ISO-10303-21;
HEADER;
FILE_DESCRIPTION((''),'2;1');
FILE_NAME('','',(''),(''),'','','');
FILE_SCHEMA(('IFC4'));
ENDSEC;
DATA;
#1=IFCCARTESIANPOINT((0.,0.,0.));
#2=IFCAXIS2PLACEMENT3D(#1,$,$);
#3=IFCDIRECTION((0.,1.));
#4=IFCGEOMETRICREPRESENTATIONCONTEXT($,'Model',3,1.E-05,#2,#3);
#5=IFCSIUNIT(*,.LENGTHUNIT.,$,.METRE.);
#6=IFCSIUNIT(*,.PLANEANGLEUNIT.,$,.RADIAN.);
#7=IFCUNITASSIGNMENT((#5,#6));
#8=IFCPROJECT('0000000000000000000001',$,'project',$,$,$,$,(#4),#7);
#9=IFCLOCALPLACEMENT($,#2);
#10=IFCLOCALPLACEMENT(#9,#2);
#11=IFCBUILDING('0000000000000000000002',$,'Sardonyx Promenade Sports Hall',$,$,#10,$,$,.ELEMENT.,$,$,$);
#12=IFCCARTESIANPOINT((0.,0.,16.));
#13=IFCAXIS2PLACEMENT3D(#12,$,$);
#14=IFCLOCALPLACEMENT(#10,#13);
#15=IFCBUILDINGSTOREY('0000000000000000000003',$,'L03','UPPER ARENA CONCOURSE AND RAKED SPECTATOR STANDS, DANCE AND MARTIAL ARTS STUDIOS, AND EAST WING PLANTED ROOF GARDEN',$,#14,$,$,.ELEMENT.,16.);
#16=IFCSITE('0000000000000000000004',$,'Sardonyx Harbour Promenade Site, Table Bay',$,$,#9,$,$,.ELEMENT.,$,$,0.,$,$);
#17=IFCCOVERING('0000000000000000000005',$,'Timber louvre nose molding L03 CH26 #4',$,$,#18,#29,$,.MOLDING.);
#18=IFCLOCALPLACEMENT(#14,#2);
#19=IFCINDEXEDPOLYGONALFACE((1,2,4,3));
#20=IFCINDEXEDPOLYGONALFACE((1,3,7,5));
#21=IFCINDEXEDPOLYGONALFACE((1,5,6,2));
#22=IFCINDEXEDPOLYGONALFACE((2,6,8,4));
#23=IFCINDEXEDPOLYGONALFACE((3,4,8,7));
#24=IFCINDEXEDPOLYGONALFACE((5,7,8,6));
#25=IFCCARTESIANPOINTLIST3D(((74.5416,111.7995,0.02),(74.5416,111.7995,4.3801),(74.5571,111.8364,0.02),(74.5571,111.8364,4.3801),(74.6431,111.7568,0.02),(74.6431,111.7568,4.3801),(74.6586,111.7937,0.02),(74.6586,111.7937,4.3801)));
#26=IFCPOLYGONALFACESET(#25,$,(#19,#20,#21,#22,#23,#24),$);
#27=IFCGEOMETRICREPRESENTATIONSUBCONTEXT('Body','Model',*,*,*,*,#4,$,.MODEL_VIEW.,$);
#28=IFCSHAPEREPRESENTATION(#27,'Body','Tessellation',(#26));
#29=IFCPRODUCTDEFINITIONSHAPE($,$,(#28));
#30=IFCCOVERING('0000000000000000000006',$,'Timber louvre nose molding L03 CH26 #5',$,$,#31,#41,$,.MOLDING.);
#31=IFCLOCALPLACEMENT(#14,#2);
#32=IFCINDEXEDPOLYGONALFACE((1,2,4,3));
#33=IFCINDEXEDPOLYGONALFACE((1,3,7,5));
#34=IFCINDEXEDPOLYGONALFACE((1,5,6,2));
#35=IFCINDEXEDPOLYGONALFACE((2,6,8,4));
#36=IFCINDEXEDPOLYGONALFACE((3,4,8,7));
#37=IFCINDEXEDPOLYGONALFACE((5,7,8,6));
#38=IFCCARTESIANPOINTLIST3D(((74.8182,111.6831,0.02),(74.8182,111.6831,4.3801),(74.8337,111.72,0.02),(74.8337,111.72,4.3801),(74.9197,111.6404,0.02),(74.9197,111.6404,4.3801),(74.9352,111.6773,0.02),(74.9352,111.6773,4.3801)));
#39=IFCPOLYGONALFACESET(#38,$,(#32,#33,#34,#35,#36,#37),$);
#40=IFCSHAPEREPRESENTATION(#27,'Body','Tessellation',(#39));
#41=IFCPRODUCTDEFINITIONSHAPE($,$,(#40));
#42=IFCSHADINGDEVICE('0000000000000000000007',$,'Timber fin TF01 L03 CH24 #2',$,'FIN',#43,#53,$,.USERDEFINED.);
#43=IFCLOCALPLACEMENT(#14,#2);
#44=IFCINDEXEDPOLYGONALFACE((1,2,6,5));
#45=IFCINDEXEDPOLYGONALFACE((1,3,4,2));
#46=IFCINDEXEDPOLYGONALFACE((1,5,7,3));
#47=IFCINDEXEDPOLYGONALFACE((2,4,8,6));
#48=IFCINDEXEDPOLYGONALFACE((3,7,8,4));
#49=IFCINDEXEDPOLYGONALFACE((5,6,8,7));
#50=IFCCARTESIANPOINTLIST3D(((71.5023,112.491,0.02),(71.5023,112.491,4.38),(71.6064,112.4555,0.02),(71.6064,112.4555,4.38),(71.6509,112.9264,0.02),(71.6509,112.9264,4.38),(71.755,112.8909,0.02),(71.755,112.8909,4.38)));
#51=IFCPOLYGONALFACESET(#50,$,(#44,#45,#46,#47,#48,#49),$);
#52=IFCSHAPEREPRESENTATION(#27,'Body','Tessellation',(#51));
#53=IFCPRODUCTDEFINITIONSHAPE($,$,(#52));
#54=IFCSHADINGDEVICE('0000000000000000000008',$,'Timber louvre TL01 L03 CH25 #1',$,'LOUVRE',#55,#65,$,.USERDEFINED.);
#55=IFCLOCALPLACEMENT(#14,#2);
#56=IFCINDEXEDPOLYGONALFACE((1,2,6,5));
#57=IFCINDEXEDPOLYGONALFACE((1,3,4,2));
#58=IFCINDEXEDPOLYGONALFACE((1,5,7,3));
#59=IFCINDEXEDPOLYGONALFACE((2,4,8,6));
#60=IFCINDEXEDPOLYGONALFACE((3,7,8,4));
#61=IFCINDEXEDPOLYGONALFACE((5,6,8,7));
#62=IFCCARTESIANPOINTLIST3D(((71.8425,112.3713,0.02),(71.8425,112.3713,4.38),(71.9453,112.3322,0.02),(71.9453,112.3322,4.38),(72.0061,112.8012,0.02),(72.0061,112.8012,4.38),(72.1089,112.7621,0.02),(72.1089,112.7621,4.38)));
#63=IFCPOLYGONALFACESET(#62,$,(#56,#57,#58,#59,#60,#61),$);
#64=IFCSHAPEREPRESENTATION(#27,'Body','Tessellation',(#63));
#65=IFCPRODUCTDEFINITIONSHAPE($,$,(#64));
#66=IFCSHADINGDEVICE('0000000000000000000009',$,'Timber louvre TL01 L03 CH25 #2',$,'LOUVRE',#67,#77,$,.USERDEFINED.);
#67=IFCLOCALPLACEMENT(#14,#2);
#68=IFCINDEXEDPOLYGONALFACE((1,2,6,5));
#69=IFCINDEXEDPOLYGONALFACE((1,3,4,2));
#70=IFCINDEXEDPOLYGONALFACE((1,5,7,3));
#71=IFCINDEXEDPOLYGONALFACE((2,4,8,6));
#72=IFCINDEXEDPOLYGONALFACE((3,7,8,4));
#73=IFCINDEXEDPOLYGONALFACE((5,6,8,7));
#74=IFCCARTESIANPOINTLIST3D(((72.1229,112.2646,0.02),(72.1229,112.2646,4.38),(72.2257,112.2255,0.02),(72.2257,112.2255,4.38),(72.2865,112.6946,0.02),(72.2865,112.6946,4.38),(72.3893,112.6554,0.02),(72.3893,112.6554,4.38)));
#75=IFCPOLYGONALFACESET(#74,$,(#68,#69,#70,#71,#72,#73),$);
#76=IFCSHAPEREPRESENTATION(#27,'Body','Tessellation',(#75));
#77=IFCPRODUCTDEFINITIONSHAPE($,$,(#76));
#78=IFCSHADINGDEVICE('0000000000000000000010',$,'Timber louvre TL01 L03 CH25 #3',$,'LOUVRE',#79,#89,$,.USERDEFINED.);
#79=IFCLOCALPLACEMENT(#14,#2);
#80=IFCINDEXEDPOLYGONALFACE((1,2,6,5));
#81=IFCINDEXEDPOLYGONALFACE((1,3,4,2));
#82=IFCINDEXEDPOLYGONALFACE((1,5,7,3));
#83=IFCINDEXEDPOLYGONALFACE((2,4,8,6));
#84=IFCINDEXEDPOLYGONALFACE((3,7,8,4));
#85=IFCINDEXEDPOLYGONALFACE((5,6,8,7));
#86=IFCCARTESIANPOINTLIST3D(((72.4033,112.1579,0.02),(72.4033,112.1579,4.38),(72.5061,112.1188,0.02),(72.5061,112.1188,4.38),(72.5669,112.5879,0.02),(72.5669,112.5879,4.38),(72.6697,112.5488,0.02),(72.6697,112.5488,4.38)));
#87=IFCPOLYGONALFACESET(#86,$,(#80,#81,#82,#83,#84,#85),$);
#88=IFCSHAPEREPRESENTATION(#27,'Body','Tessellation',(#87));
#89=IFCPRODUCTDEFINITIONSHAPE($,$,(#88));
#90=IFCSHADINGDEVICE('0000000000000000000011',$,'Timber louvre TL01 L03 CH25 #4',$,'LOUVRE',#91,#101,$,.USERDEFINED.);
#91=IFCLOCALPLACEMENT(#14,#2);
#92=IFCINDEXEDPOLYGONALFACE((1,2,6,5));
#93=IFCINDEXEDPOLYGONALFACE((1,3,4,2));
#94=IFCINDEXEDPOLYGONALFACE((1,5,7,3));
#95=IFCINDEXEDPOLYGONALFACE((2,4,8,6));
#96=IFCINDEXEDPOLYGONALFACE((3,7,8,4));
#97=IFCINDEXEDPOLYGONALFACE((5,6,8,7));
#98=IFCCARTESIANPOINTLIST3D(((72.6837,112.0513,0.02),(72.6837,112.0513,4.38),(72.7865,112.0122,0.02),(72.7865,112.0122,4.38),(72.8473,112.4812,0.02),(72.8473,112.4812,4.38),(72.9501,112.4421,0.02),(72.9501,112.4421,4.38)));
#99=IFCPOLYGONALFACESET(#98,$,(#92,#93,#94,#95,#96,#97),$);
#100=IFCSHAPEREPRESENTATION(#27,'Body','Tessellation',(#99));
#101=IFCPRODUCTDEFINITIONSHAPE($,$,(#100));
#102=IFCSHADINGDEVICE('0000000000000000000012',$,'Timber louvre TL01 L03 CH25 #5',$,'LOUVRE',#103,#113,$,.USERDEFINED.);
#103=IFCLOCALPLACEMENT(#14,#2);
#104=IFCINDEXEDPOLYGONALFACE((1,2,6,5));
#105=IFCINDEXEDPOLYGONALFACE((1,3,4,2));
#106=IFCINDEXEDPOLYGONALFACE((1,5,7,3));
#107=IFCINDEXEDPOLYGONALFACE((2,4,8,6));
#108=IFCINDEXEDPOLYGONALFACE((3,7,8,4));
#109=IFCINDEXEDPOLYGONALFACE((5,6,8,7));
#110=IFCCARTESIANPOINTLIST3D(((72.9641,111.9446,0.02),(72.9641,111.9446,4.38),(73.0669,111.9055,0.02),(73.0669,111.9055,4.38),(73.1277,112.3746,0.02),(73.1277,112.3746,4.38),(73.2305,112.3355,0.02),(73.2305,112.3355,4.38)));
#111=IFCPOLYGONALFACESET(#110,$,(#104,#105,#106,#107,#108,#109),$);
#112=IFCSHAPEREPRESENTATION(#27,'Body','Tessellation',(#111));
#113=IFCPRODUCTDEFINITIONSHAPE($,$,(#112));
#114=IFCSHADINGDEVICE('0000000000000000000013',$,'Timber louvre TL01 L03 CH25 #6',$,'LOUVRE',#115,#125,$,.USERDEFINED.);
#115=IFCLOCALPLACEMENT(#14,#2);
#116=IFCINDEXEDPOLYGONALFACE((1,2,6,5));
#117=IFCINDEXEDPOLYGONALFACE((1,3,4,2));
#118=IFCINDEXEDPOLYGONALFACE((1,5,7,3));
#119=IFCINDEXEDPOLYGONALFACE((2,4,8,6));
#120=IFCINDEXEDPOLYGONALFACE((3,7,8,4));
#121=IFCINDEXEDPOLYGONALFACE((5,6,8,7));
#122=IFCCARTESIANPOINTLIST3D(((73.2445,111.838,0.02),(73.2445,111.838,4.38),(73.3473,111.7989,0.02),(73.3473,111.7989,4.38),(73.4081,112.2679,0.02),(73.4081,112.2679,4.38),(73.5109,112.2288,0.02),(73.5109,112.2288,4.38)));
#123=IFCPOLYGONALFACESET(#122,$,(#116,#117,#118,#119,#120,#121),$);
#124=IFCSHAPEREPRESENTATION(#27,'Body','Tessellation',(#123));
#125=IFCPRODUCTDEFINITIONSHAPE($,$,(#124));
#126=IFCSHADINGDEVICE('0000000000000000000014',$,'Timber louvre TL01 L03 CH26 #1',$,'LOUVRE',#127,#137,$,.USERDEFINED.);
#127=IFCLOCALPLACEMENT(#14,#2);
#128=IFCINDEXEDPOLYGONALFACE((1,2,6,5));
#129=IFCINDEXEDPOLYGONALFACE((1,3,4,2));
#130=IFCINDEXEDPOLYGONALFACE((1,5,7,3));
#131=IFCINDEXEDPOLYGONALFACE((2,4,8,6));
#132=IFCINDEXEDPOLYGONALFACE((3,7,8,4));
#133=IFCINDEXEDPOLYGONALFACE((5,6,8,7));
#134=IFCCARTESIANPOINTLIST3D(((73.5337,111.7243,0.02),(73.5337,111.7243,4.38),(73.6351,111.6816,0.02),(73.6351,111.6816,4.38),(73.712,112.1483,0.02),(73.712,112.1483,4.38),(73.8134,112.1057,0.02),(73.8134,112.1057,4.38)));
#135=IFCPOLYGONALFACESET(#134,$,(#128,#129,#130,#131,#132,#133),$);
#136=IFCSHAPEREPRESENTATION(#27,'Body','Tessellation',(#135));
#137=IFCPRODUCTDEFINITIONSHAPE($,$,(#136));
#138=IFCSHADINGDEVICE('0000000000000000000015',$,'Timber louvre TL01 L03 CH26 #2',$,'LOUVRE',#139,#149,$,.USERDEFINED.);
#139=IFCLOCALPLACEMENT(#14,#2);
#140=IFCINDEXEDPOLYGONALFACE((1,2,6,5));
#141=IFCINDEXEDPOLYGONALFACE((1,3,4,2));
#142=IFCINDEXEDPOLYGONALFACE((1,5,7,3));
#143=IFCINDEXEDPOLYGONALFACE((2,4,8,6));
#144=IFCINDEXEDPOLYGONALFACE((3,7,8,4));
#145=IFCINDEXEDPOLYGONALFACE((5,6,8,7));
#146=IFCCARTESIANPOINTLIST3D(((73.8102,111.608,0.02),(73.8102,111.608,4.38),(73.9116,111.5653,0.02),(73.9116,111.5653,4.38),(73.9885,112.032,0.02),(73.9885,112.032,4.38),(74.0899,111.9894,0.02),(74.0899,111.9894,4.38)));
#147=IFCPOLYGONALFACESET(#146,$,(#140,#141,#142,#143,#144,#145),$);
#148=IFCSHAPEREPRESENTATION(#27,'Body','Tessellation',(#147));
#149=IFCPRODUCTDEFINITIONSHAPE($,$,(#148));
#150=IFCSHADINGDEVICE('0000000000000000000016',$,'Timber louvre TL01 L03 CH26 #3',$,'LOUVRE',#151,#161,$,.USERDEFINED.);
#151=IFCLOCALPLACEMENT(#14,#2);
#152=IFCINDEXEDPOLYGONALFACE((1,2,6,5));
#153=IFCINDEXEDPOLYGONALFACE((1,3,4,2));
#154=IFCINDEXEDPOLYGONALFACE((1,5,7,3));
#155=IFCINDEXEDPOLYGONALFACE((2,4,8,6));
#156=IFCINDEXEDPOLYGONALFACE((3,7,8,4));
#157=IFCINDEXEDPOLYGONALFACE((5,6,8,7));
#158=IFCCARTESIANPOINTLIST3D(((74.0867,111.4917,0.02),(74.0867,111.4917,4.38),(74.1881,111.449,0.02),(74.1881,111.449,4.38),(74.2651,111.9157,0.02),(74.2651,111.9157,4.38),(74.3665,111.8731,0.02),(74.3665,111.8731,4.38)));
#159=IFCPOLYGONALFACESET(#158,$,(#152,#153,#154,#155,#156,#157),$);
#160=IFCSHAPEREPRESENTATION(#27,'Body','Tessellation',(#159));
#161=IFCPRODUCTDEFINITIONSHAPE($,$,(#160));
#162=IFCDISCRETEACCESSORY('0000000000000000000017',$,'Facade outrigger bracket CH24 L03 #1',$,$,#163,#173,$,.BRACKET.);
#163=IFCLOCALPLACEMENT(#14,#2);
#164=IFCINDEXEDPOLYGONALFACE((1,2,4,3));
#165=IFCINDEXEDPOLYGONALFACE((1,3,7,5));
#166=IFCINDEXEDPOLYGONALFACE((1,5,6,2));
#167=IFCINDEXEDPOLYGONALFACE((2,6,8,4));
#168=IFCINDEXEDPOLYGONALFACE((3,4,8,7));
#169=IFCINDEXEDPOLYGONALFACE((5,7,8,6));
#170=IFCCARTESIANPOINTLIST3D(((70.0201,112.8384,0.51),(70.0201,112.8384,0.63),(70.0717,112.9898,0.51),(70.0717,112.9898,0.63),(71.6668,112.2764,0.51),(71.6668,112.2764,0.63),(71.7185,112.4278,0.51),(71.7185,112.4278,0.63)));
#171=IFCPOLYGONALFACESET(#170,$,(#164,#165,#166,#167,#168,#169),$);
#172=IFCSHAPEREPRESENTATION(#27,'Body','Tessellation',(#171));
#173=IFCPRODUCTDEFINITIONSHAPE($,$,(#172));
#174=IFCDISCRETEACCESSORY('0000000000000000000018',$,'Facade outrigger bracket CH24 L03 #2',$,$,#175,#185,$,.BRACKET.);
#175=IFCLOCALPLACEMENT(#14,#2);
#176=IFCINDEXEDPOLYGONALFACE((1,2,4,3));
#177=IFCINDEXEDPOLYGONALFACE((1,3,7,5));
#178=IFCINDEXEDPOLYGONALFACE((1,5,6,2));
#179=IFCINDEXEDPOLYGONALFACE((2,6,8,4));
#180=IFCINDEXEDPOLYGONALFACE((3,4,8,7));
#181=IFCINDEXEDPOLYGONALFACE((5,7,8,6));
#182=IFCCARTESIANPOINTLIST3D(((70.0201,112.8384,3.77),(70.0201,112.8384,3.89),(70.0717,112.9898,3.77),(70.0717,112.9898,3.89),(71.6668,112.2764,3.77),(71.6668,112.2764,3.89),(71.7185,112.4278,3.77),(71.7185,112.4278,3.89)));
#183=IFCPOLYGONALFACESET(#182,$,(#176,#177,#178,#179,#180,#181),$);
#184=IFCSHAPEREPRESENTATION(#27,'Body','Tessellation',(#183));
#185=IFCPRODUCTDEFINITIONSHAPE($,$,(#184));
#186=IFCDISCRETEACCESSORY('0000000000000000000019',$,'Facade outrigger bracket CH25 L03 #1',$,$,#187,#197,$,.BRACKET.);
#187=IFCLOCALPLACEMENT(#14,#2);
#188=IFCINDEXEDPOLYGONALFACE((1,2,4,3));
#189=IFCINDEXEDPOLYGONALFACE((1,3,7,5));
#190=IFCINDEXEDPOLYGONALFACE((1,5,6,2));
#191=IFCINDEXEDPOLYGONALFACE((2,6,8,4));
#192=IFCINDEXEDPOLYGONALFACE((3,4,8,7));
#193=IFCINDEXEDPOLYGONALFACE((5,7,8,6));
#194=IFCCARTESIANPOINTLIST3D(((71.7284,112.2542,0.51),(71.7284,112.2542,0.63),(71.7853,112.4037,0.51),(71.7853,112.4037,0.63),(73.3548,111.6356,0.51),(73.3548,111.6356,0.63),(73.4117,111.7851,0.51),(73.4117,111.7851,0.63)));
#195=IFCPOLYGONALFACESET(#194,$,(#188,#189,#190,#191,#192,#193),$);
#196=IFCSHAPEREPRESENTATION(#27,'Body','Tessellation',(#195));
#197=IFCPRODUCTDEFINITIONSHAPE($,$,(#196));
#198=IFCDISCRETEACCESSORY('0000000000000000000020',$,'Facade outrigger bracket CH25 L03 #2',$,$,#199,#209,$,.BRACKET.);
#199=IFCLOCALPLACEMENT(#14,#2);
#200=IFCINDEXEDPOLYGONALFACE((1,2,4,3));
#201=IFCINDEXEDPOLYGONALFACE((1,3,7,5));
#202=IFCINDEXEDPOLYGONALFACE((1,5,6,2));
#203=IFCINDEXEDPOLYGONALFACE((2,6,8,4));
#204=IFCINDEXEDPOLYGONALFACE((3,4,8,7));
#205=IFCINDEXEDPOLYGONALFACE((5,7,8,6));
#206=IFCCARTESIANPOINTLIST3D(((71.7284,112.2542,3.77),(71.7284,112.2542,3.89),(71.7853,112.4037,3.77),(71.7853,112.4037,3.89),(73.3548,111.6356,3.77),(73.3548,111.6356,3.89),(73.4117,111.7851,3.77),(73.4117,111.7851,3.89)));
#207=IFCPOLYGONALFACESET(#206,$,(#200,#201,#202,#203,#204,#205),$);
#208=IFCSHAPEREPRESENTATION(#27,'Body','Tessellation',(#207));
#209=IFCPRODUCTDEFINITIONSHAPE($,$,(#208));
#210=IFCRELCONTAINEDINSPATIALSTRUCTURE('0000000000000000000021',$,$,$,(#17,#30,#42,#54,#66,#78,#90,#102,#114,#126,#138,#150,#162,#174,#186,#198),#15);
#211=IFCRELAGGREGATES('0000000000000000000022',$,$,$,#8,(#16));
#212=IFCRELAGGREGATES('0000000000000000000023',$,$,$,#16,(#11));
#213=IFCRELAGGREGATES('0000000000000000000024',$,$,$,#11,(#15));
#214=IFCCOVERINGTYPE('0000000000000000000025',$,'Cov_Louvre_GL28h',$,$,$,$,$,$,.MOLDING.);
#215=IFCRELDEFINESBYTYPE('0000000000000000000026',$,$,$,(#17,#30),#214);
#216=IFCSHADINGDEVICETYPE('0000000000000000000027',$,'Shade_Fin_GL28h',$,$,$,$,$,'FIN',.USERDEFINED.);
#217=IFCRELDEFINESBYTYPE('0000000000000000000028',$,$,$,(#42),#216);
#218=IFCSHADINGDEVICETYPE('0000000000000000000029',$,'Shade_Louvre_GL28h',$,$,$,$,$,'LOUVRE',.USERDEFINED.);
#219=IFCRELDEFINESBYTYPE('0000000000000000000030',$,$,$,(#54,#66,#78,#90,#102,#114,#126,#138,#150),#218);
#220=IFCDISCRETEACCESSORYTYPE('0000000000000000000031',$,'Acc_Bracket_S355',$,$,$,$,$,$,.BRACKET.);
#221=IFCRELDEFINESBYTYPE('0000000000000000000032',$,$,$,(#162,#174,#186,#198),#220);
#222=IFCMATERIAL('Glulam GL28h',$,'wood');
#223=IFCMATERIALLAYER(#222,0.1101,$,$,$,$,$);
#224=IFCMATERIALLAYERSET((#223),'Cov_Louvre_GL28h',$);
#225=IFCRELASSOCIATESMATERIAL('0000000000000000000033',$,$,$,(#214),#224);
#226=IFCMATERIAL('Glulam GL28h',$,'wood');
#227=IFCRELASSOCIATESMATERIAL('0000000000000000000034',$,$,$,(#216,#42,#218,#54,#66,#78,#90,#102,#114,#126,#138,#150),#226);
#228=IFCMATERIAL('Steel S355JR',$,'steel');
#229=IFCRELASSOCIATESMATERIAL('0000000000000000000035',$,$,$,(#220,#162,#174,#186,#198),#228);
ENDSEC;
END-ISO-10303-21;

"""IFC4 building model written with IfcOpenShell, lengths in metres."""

from ifc_helpers import new_model, si_unit, direction, frame, origin, origin_2d, place, context, subcontext, project, spatial, rectangle, extrude, material, layer, layer_set, type_object, element, save


model = new_model("IFC4")

# Units and contexts
model_context = context("Model", 3, precision=1e-05, world=origin(), true_north=direction((0.0, 1.0)))
body_context = subcontext(model_context, "Body", "Model", "MODEL_VIEW")
ifc_project = project(units=[si_unit("LENGTHUNIT", "METRE"), si_unit("PLANEANGLEUNIT", "RADIAN")], contexts=[model_context])

# Site, building, storey
site_placement = place(None, origin())
site = spatial("IfcSite", under=ifc_project, at=site_placement, Name="Sardonyx Harbour Promenade Site, Table Bay", CompositionType="ELEMENT", RefElevation=0.0)
building_placement = place(site_placement, origin())
building = spatial("IfcBuilding", under=site, at=building_placement, Name="Sardonyx Promenade Sports Hall", CompositionType="ELEMENT")
storey_placement = place(building_placement, frame((0.0, 0.0, 16.0)))
storey = spatial("IfcBuildingStorey", under=building, at=storey_placement, Name="L03", Description="UPPER ARENA CONCOURSE AND RAKED SPECTATOR STANDS, DANCE AND MARTIAL ARTS STUDIOS, AND EAST WING PLANTED ROOF GARDEN", CompositionType="ELEMENT", Elevation=16.0)

# Coverings
ifc_material_1 = material(Name="Glulam GL28h", Category="wood")
ifc_layer_1 = layer(ifc_material_1, 0.1101)
ifc_layer_set_1 = layer_set([ifc_layer_1], Name="Cov_Louvre_GL28h")
covering_type = type_object("IfcCoveringType", Name="Cov_Louvre_GL28h", PredefinedType="MOLDING", material=ifc_layer_set_1)
for number, where, z_axis, x_axis, name in (
    (1, (74.6001, 111.7966, 0.02), (0.0, 0.0, 1.0), (0.9218, -0.387665, 0.0), "Timber louvre nose molding L03 CH26 #4"),
    (2, (74.8767, 111.6802, 0.02), (0.0, 0.0, 1.0), (0.9218, -0.387665, 0.0), "Timber louvre nose molding L03 CH26 #5"),
):
    element("IfcCovering", number, at=place(storey_placement, frame(where, z_axis=z_axis, x_axis=x_axis)), inside=storey, type_object=covering_type, Name=name, PredefinedType="MOLDING", context=body_context, shape_type="SweptSolid", body=[
        extrude(rectangle(XDim=0.1101, YDim=0.04, at=origin_2d()), origin(), (0.0, 0.0, 1.0), 4.3601),
    ])

# Shading devices
ifc_material_2 = material(Name="Glulam GL28h", Category="wood")
shading_device_type_1 = type_object("IfcShadingDeviceType", Name="Shade_Fin_GL28h", ElementType="FIN", PredefinedType="USERDEFINED", material=ifc_material_2)
shading_device_placement = place(storey_placement, frame((71.6286, 112.6909, 0.02), z_axis=(0.0, 0.0, 1.0), x_axis=(0.946411, -0.322966, 0.0)))
element("IfcShadingDevice", 3, at=shading_device_placement, inside=storey, type_object=shading_device_type_1, material=ifc_material_2, Name="Timber fin TF01 L03 CH24 #2", ObjectType="FIN", PredefinedType="USERDEFINED", context=body_context, shape_type="SweptSolid", body=[
    extrude(rectangle(XDim=0.11, YDim=0.46), origin(), (0.0, 0.0, 1.0), 4.36),
])
shading_device_type_2 = type_object("IfcShadingDeviceType", Name="Shade_Louvre_GL28h", ElementType="LOUVRE", PredefinedType="USERDEFINED", material=ifc_material_2)
for number, where, z_axis, x_axis, name in (
    (4, (71.9757, 112.5667, 0.02), (0.0, 0.0, 1.0), (0.934666, -0.355528, 0.0), "Timber louvre TL01 L03 CH25 #1"),
    (5, (72.2561, 112.46, 0.02), (0.0, 0.0, 1.0), (0.934666, -0.355528, 0.0), "Timber louvre TL01 L03 CH25 #2"),
    (6, (72.5365, 112.3534, 0.02), (0.0, 0.0, 1.0), (0.934666, -0.355528, 0.0), "Timber louvre TL01 L03 CH25 #3"),
    (7, (72.8169, 112.2467, 0.02), (0.0, 0.0, 1.0), (0.934666, -0.355528, 0.0), "Timber louvre TL01 L03 CH25 #4"),
    (8, (73.0973, 112.1401, 0.02), (0.0, 0.0, 1.0), (0.934666, -0.355528, 0.0), "Timber louvre TL01 L03 CH25 #5"),
    (9, (73.3777, 112.0334, 0.02), (0.0, 0.0, 1.0), (0.934666, -0.355528, 0.0), "Timber louvre TL01 L03 CH25 #6"),
    (10, (73.6735, 111.915, 0.02), (0.0, 0.0, 1.0), (0.9218, -0.387665, 0.0), "Timber louvre TL01 L03 CH26 #1"),
    (11, (73.9501, 111.7987, 0.02), (0.0, 0.0, 1.0), (0.9218, -0.387665, 0.0), "Timber louvre TL01 L03 CH26 #2"),
    (12, (74.2266, 111.6824, 0.02), (0.0, 0.0, 1.0), (0.9218, -0.387665, 0.0), "Timber louvre TL01 L03 CH26 #3"),
):
    element("IfcShadingDevice", number, at=place(storey_placement, frame(where, z_axis=z_axis, x_axis=x_axis)), inside=storey, type_object=shading_device_type_2, material=ifc_material_2, Name=name, ObjectType="LOUVRE", PredefinedType="USERDEFINED", context=body_context, shape_type="SweptSolid", body=[
        extrude(rectangle(XDim=0.11, YDim=0.46), origin(), (0.0, 0.0, 1.0), 4.36),
    ])

# Discrete accessories
ifc_material_3 = material(Name="Steel S355JR", Category="steel")
discrete_accessory_type = type_object("IfcDiscreteAccessoryType", Name="Acc_Bracket_S355", PredefinedType="BRACKET", material=ifc_material_3)
for number, where, z_axis, x_axis, name in (
    (13, (70.8693, 112.6331, 0.51), (0.0, 0.0, 1.0), (0.946411, -0.322966, 0.0), "Facade outrigger bracket CH24 L03 #1"),
    (14, (70.8693, 112.6331, 3.77), (0.0, 0.0, 1.0), (0.946411, -0.322966, 0.0), "Facade outrigger bracket CH24 L03 #2"),
    (15, (72.5701, 112.0196, 0.51), (0.0, 0.0, 1.0), (0.934666, -0.355528, 0.0), "Facade outrigger bracket CH25 L03 #1"),
    (16, (72.5701, 112.0196, 3.77), (0.0, 0.0, 1.0), (0.934666, -0.355528, 0.0), "Facade outrigger bracket CH25 L03 #2"),
):
    element("IfcDiscreteAccessory", number, at=place(storey_placement, frame(where, z_axis=z_axis, x_axis=x_axis)), inside=storey, type_object=discrete_accessory_type, material=ifc_material_3, Name=name, PredefinedType="BRACKET", context=body_context, shape_type="SweptSolid", body=[
        extrude(rectangle(XDim=1.74, YDim=0.16), origin(), (0.0, 0.0, 1.0), 0.12),
    ])

save(model, "model.ifc")
